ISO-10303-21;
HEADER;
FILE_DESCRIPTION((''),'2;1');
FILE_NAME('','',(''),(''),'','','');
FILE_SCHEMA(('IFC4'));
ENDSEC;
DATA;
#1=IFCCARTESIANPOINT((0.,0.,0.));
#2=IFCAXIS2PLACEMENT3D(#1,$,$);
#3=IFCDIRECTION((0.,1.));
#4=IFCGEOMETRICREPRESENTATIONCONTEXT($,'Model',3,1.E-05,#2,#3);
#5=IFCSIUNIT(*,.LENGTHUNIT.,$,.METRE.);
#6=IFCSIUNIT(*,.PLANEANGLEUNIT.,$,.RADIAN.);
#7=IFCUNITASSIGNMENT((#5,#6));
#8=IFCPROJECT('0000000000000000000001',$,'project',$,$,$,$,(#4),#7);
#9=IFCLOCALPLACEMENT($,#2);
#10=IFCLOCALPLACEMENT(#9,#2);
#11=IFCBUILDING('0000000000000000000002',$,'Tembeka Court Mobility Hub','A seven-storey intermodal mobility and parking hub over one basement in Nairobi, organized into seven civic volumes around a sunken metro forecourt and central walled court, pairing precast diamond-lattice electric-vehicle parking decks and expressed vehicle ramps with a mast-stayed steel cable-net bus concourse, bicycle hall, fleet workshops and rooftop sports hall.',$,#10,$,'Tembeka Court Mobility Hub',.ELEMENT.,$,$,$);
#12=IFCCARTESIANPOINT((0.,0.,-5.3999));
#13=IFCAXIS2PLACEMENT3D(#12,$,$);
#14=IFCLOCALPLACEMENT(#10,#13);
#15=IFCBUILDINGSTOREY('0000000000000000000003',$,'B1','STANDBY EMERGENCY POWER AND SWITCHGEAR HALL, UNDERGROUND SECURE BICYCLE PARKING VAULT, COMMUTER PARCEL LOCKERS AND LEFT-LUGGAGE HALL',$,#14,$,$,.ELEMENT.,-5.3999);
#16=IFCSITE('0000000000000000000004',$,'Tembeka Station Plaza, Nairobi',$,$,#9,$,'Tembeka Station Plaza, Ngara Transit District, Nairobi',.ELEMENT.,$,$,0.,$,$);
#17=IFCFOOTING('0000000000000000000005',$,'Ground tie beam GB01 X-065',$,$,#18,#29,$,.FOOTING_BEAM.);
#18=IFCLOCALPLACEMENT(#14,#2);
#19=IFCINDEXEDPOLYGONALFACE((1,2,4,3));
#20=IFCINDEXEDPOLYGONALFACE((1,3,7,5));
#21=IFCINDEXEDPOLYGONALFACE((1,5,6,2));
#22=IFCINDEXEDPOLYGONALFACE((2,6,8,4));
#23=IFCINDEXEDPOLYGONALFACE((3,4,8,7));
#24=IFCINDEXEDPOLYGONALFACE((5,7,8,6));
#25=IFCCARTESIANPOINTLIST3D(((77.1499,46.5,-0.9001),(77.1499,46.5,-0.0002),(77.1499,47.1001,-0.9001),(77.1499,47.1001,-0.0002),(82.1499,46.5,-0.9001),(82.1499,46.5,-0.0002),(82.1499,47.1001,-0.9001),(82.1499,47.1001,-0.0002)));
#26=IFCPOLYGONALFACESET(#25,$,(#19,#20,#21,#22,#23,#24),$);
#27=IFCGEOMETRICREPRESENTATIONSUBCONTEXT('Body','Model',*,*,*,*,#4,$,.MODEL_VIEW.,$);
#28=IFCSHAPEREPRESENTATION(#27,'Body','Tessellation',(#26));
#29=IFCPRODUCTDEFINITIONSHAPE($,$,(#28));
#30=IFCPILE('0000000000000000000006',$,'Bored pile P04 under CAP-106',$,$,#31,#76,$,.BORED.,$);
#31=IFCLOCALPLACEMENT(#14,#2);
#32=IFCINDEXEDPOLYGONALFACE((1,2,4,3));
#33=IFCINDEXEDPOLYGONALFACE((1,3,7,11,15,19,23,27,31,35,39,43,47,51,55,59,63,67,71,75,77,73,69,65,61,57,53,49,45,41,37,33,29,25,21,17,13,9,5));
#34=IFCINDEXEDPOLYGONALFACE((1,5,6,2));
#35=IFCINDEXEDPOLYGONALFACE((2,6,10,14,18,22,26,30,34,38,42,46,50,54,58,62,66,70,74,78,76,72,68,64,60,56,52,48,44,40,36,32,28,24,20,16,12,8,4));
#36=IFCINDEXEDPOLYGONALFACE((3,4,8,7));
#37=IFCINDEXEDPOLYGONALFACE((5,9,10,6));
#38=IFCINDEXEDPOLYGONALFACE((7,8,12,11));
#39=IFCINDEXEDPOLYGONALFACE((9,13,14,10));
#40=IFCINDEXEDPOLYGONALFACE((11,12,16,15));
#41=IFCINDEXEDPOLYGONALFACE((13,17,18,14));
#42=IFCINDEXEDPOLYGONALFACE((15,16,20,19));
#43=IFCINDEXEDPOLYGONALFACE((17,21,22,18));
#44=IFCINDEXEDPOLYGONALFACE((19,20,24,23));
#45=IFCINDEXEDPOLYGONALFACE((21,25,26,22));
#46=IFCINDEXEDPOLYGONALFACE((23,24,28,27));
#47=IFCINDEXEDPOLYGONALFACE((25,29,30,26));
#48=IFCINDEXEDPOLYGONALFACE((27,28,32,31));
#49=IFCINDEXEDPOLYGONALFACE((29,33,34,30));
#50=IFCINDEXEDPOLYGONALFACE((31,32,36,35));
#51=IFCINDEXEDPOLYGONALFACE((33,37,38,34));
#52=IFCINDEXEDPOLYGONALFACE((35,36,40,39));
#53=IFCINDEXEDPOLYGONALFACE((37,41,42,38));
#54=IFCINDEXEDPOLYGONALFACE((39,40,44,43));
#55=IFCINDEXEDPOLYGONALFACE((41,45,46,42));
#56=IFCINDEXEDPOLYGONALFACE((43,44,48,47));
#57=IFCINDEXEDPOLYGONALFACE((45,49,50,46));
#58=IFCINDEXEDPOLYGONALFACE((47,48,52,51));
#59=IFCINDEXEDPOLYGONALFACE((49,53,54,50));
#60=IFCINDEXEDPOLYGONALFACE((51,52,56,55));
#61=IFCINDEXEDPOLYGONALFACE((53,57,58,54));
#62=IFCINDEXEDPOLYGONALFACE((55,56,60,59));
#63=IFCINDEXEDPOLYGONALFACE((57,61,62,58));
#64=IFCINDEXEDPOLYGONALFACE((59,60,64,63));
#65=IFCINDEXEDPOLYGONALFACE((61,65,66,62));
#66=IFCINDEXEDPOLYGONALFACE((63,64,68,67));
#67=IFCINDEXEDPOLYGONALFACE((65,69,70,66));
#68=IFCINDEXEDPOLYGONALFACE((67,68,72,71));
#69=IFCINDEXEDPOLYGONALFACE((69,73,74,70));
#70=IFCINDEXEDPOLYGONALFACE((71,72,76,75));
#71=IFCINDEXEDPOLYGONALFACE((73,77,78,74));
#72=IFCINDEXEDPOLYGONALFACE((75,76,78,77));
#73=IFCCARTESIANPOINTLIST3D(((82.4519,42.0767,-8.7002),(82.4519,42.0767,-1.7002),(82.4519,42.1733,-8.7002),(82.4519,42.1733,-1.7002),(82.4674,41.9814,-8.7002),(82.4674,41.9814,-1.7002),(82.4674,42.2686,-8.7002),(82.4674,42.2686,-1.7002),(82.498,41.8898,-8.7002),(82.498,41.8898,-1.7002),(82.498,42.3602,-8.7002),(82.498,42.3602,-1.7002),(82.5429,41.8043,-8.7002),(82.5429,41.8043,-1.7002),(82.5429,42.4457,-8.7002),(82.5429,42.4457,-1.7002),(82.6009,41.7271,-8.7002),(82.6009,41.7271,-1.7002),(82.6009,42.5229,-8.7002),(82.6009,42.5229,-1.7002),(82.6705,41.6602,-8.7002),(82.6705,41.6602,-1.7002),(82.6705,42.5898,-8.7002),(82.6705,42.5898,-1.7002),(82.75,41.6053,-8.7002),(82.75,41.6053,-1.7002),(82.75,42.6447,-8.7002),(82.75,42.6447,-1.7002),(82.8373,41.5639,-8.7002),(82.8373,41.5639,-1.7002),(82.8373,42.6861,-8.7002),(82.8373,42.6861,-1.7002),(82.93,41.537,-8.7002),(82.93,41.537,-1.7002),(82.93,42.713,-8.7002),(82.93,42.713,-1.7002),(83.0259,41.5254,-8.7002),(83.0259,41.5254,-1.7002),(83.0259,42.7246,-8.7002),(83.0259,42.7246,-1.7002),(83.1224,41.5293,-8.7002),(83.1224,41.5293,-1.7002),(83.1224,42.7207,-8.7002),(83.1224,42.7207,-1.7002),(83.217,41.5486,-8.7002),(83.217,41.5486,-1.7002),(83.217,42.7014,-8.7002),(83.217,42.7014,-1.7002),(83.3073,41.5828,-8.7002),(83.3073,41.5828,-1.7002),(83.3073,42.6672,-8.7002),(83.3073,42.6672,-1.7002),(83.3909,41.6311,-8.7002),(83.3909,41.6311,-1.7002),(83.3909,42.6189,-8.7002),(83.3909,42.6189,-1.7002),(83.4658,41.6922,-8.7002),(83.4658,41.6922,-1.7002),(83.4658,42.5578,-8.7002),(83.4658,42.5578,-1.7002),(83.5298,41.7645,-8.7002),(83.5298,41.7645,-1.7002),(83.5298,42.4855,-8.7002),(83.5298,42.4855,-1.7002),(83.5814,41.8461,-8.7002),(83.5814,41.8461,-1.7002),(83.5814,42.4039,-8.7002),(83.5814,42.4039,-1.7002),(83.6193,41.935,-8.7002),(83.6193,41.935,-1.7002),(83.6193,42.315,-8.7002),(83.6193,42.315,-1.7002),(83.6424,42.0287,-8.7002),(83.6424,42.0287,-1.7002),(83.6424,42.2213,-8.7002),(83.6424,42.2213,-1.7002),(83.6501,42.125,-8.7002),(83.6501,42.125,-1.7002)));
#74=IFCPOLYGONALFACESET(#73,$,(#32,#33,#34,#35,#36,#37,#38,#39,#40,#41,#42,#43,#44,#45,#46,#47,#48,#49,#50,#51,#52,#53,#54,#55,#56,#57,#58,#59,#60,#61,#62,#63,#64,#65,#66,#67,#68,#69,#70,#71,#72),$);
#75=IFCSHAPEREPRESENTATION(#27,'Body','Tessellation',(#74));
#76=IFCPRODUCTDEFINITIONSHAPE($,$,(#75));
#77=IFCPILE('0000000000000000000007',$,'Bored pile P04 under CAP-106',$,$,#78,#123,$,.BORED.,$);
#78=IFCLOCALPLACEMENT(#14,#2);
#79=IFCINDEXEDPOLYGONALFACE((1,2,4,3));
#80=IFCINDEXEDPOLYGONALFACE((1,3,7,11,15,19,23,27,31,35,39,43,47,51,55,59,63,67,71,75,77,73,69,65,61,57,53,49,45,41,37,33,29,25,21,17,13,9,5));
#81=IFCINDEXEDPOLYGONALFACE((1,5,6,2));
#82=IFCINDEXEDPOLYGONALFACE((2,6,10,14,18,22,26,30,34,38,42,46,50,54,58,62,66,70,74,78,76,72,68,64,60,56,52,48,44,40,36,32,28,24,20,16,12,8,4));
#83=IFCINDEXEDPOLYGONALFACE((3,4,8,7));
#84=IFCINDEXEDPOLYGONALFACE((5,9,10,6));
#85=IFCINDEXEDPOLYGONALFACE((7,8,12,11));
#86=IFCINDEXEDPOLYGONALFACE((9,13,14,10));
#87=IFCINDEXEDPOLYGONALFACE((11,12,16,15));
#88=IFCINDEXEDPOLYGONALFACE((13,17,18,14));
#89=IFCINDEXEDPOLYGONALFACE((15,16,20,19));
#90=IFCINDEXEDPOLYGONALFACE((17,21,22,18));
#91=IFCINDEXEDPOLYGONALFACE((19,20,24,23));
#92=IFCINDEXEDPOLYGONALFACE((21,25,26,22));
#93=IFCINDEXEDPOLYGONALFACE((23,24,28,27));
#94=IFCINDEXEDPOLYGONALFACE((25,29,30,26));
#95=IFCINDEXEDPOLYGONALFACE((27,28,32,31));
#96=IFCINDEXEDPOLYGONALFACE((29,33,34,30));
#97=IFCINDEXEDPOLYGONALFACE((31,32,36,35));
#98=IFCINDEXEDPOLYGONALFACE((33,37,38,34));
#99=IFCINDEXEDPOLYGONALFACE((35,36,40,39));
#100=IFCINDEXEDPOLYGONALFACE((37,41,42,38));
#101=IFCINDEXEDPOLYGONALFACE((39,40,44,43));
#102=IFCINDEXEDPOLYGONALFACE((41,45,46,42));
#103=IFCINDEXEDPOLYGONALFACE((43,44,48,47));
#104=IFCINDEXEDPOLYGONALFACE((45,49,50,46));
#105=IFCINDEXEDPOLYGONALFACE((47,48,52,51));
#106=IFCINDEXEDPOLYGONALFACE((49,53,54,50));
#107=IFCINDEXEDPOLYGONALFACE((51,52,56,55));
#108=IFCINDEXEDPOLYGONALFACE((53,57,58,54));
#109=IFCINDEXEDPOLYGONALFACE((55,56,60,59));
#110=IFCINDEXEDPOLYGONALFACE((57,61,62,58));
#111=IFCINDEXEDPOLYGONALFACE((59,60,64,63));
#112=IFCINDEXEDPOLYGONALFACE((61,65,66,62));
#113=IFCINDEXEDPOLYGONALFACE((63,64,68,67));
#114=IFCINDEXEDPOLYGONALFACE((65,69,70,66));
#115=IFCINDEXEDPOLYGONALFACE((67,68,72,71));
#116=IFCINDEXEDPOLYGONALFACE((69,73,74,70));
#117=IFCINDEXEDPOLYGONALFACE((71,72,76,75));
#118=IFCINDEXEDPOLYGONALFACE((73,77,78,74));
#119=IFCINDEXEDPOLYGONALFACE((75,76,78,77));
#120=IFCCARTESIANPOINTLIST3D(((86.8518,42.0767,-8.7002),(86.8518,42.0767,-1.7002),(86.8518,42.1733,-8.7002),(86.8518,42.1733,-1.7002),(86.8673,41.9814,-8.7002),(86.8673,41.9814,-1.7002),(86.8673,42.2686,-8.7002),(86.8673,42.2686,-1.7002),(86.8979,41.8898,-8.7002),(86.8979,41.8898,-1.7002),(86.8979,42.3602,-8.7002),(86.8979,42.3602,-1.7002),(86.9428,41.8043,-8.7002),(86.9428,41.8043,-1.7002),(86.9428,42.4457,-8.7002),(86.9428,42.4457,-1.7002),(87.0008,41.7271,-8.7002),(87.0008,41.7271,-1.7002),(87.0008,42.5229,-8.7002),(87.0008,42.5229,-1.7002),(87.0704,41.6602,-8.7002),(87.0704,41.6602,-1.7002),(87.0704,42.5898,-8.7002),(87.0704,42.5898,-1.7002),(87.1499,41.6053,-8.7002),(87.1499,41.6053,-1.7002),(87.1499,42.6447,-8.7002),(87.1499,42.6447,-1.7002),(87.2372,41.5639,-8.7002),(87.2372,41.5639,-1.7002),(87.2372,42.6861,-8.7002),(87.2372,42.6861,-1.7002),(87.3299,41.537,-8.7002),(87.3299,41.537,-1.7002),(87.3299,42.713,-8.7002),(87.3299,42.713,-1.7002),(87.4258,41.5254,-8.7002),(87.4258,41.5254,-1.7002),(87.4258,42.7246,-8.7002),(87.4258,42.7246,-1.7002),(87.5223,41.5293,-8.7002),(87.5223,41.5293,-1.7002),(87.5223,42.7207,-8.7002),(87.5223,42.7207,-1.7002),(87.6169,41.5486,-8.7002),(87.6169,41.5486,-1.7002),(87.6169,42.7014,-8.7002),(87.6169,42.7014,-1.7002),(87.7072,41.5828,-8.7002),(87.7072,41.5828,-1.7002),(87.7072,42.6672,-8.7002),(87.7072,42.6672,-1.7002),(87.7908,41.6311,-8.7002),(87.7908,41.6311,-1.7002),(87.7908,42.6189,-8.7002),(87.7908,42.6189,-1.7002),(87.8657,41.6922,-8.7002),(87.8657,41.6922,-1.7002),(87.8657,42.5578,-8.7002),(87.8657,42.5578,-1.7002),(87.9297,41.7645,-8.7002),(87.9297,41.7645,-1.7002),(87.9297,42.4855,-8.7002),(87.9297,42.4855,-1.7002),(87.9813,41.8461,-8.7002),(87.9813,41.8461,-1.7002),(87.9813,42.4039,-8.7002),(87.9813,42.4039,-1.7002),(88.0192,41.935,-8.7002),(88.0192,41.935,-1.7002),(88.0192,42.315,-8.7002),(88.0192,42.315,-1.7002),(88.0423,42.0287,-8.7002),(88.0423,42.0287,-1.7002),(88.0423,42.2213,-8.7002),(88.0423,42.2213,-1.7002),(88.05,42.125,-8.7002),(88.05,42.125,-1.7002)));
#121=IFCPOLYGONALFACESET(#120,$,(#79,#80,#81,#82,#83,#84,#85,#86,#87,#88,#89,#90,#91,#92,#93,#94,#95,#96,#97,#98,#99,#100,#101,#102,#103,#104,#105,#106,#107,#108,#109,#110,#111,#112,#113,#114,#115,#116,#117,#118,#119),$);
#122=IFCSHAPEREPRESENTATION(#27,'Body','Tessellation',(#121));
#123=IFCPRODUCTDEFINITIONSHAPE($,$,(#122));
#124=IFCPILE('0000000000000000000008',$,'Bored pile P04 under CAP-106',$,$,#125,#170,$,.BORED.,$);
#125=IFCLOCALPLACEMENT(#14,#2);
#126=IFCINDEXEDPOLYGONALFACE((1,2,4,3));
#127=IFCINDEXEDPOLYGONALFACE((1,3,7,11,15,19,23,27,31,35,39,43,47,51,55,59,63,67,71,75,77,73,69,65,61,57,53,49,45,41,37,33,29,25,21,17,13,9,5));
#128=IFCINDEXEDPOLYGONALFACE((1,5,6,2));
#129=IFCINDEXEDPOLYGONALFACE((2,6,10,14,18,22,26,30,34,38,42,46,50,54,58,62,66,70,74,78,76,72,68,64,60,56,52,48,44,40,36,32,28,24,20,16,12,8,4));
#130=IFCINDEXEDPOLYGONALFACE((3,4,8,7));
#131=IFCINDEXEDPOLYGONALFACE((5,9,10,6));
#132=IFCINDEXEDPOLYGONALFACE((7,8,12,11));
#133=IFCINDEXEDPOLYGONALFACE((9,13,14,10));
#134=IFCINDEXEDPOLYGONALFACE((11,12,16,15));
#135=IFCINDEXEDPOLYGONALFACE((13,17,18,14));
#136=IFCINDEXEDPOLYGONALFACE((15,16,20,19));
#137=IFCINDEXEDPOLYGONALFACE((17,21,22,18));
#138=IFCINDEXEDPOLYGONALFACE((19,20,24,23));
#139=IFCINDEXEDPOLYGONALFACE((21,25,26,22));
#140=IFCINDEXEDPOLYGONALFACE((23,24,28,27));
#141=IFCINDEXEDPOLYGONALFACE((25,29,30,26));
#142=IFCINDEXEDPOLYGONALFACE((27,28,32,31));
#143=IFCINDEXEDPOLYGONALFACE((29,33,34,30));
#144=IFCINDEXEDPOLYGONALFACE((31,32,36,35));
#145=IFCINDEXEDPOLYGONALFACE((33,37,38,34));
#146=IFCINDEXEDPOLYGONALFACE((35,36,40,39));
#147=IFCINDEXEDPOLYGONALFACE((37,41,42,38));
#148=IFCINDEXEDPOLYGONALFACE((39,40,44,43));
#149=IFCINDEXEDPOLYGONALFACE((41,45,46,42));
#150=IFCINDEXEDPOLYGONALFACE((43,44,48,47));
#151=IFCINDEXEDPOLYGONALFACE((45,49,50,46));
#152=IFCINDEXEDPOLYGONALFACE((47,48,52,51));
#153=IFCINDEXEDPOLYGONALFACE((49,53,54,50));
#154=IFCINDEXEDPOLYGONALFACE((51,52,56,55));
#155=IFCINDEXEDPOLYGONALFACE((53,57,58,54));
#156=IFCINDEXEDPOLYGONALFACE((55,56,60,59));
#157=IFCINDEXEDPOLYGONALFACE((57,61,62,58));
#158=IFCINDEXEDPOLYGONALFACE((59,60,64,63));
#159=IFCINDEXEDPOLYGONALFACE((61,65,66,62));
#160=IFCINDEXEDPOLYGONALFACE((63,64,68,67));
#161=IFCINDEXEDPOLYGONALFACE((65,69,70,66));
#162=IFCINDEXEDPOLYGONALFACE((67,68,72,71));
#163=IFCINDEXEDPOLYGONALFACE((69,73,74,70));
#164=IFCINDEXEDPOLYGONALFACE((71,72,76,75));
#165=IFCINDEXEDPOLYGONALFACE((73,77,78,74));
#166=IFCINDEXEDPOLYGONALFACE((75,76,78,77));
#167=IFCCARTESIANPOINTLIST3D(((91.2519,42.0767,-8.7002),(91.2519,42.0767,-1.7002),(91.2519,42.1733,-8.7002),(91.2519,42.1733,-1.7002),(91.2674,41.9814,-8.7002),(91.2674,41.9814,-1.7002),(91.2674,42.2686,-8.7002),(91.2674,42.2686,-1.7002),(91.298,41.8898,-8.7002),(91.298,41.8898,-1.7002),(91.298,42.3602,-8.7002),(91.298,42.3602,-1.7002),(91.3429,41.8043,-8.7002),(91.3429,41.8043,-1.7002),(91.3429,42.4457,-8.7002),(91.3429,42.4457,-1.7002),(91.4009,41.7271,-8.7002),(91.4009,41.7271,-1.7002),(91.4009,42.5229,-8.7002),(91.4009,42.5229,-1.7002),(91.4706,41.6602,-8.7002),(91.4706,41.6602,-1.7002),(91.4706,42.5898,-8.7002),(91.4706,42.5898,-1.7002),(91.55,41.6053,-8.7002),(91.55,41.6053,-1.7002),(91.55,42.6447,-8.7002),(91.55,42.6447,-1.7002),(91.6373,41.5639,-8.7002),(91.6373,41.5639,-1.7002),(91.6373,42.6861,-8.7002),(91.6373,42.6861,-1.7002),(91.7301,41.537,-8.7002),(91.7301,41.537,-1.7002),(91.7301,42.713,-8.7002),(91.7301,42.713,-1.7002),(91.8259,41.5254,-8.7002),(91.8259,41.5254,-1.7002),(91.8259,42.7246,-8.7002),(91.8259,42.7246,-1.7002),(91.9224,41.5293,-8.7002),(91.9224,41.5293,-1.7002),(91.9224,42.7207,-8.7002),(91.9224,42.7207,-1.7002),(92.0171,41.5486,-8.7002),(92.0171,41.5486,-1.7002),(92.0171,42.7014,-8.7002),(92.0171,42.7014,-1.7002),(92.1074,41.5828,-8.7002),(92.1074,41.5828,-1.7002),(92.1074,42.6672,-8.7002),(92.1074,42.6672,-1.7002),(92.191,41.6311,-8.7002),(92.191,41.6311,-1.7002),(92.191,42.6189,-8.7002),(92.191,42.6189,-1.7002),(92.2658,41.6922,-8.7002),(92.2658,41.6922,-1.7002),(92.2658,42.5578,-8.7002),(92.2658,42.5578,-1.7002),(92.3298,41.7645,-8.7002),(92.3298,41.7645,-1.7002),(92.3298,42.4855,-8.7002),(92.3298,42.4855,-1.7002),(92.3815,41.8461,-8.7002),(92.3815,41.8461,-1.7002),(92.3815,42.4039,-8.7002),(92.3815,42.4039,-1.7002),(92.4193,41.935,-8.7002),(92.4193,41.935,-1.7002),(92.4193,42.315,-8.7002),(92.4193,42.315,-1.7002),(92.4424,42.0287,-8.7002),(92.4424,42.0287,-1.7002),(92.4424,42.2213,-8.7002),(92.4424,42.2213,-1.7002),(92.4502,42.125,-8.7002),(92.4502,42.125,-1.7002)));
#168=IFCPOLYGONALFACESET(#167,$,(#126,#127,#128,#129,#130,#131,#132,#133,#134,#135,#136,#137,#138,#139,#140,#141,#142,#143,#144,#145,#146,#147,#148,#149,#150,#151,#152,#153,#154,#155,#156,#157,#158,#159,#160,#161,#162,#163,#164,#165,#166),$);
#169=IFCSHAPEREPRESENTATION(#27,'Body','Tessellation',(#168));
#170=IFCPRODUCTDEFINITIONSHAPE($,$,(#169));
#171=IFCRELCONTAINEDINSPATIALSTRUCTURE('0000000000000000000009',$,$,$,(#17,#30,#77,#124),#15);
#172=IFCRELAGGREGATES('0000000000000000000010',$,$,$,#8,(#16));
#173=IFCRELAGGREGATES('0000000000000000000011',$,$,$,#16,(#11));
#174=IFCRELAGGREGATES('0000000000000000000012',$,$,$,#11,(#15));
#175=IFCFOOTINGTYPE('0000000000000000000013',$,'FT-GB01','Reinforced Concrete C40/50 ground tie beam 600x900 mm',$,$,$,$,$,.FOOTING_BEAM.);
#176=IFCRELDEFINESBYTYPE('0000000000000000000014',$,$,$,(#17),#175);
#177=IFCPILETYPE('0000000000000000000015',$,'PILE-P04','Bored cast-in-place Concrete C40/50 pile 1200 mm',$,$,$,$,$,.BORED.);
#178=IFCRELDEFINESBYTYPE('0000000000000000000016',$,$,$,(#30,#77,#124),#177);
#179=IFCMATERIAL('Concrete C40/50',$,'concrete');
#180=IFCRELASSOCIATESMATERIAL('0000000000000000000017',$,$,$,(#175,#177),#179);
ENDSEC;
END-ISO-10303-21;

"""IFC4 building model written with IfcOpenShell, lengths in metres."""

from ifc_helpers import new_model, si_unit, direction, frame, origin, origin_2d, place, context, subcontext, project, spatial, rectangle, circle, extrude, material, material_profile, profile_set, type_object, element, save


model = new_model("IFC4")

# Units and contexts
model_context = context("Model", 3, precision=1e-05, world=origin(), true_north=direction((0.0, 1.0)))
body_context = subcontext(model_context, "Body", "Model", "MODEL_VIEW")
ifc_project = project(units=[si_unit("LENGTHUNIT", "METRE"), si_unit("PLANEANGLEUNIT", "RADIAN")], contexts=[model_context])

# Site, building, storey
site_placement = place(None, origin())
site = spatial("IfcSite", under=ifc_project, at=site_placement, Name="Tembeka Station Plaza, Nairobi", LongName="Tembeka Station Plaza, Ngara Transit District, Nairobi", CompositionType="ELEMENT", RefElevation=0.0)
building_placement = place(site_placement, origin())
building = spatial("IfcBuilding", under=site, at=building_placement, Name="Tembeka Court Mobility Hub", Description="A seven-storey intermodal mobility and parking hub over one basement in Nairobi, organized into seven civic volumes around a sunken metro forecourt and central walled court, pairing precast diamond-lattice electric-vehicle parking decks and expressed vehicle ramps with a mast-stayed steel cable-net bus concourse, bicycle hall, fleet workshops and rooftop sports hall.", LongName="Tembeka Court Mobility Hub", CompositionType="ELEMENT")
storey_placement = place(building_placement, frame((0.0, 0.0, -5.3999)))
storey = spatial("IfcBuildingStorey", under=building, at=storey_placement, Name="B1", Description="STANDBY EMERGENCY POWER AND SWITCHGEAR HALL, UNDERGROUND SECURE BICYCLE PARKING VAULT, COMMUTER PARCEL LOCKERS AND LEFT-LUGGAGE HALL", CompositionType="ELEMENT", Elevation=-5.3999)

# Footing
ifc_material_1 = material(Name="Concrete C40/50", Category="concrete")
footing_type = type_object("IfcFootingType", Name="FT-GB01", Description="Reinforced Concrete C40/50 ground tie beam 600x900 mm", PredefinedType="FOOTING_BEAM", material=ifc_material_1)
footing_placement = place(storey_placement, frame((79.6499, 46.8, -0.9001), z_axis=(0.0, 0.0, 1.0), x_axis=(1.0, 0.0, 0.0)))
element("IfcFooting", 1, at=footing_placement, inside=storey, type_object=footing_type, Name="Ground tie beam GB01 X-065", PredefinedType="FOOTING_BEAM", context=body_context, shape_type="SweptSolid", body=[
    extrude(rectangle(XDim=5.0, YDim=0.6001, at=origin_2d()), origin(), (0.0, 0.0, 1.0), 0.8999),
])

# Piles
ifc_material_profile_1 = material_profile(ifc_material_1, circle(Radius=0.6001, at=origin_2d()), Name="PILE D1200")
ifc_profile_set_1 = profile_set([ifc_material_profile_1], Name="Concrete C40/50")
pile_type = type_object("IfcPileType", Name="PILE-P04", Description="Bored cast-in-place Concrete C40/50 pile 1200 mm", PredefinedType="BORED", material=ifc_profile_set_1)
for number, where, z_axis, x_axis, name in (
    (2, (83.05, 42.125, -1.7002), (0.0, 0.0, -1.0), (1.0, 0.0, 0.0), "Bored pile P04 under CAP-106"),
    (3, (87.45, 42.125, -1.7002), (0.0, 0.0, -1.0), (1.0, 0.0, 0.0), "Bored pile P04 under CAP-106"),
    (4, (91.8501, 42.125, -1.7002), (0.0, 0.0, -1.0), (1.0, 0.0, 0.0), "Bored pile P04 under CAP-106"),
):
    element("IfcPile", number, at=place(storey_placement, frame(where, z_axis=z_axis, x_axis=x_axis)), inside=storey, type_object=pile_type, Name=name, PredefinedType="BORED", context=body_context, shape_type="SweptSolid", body=[
        extrude(circle(Radius=0.6001, at=origin_2d()), origin(), (0.0, 0.0, 1.0), 7.0),
    ])

save(model, "model.ifc")
